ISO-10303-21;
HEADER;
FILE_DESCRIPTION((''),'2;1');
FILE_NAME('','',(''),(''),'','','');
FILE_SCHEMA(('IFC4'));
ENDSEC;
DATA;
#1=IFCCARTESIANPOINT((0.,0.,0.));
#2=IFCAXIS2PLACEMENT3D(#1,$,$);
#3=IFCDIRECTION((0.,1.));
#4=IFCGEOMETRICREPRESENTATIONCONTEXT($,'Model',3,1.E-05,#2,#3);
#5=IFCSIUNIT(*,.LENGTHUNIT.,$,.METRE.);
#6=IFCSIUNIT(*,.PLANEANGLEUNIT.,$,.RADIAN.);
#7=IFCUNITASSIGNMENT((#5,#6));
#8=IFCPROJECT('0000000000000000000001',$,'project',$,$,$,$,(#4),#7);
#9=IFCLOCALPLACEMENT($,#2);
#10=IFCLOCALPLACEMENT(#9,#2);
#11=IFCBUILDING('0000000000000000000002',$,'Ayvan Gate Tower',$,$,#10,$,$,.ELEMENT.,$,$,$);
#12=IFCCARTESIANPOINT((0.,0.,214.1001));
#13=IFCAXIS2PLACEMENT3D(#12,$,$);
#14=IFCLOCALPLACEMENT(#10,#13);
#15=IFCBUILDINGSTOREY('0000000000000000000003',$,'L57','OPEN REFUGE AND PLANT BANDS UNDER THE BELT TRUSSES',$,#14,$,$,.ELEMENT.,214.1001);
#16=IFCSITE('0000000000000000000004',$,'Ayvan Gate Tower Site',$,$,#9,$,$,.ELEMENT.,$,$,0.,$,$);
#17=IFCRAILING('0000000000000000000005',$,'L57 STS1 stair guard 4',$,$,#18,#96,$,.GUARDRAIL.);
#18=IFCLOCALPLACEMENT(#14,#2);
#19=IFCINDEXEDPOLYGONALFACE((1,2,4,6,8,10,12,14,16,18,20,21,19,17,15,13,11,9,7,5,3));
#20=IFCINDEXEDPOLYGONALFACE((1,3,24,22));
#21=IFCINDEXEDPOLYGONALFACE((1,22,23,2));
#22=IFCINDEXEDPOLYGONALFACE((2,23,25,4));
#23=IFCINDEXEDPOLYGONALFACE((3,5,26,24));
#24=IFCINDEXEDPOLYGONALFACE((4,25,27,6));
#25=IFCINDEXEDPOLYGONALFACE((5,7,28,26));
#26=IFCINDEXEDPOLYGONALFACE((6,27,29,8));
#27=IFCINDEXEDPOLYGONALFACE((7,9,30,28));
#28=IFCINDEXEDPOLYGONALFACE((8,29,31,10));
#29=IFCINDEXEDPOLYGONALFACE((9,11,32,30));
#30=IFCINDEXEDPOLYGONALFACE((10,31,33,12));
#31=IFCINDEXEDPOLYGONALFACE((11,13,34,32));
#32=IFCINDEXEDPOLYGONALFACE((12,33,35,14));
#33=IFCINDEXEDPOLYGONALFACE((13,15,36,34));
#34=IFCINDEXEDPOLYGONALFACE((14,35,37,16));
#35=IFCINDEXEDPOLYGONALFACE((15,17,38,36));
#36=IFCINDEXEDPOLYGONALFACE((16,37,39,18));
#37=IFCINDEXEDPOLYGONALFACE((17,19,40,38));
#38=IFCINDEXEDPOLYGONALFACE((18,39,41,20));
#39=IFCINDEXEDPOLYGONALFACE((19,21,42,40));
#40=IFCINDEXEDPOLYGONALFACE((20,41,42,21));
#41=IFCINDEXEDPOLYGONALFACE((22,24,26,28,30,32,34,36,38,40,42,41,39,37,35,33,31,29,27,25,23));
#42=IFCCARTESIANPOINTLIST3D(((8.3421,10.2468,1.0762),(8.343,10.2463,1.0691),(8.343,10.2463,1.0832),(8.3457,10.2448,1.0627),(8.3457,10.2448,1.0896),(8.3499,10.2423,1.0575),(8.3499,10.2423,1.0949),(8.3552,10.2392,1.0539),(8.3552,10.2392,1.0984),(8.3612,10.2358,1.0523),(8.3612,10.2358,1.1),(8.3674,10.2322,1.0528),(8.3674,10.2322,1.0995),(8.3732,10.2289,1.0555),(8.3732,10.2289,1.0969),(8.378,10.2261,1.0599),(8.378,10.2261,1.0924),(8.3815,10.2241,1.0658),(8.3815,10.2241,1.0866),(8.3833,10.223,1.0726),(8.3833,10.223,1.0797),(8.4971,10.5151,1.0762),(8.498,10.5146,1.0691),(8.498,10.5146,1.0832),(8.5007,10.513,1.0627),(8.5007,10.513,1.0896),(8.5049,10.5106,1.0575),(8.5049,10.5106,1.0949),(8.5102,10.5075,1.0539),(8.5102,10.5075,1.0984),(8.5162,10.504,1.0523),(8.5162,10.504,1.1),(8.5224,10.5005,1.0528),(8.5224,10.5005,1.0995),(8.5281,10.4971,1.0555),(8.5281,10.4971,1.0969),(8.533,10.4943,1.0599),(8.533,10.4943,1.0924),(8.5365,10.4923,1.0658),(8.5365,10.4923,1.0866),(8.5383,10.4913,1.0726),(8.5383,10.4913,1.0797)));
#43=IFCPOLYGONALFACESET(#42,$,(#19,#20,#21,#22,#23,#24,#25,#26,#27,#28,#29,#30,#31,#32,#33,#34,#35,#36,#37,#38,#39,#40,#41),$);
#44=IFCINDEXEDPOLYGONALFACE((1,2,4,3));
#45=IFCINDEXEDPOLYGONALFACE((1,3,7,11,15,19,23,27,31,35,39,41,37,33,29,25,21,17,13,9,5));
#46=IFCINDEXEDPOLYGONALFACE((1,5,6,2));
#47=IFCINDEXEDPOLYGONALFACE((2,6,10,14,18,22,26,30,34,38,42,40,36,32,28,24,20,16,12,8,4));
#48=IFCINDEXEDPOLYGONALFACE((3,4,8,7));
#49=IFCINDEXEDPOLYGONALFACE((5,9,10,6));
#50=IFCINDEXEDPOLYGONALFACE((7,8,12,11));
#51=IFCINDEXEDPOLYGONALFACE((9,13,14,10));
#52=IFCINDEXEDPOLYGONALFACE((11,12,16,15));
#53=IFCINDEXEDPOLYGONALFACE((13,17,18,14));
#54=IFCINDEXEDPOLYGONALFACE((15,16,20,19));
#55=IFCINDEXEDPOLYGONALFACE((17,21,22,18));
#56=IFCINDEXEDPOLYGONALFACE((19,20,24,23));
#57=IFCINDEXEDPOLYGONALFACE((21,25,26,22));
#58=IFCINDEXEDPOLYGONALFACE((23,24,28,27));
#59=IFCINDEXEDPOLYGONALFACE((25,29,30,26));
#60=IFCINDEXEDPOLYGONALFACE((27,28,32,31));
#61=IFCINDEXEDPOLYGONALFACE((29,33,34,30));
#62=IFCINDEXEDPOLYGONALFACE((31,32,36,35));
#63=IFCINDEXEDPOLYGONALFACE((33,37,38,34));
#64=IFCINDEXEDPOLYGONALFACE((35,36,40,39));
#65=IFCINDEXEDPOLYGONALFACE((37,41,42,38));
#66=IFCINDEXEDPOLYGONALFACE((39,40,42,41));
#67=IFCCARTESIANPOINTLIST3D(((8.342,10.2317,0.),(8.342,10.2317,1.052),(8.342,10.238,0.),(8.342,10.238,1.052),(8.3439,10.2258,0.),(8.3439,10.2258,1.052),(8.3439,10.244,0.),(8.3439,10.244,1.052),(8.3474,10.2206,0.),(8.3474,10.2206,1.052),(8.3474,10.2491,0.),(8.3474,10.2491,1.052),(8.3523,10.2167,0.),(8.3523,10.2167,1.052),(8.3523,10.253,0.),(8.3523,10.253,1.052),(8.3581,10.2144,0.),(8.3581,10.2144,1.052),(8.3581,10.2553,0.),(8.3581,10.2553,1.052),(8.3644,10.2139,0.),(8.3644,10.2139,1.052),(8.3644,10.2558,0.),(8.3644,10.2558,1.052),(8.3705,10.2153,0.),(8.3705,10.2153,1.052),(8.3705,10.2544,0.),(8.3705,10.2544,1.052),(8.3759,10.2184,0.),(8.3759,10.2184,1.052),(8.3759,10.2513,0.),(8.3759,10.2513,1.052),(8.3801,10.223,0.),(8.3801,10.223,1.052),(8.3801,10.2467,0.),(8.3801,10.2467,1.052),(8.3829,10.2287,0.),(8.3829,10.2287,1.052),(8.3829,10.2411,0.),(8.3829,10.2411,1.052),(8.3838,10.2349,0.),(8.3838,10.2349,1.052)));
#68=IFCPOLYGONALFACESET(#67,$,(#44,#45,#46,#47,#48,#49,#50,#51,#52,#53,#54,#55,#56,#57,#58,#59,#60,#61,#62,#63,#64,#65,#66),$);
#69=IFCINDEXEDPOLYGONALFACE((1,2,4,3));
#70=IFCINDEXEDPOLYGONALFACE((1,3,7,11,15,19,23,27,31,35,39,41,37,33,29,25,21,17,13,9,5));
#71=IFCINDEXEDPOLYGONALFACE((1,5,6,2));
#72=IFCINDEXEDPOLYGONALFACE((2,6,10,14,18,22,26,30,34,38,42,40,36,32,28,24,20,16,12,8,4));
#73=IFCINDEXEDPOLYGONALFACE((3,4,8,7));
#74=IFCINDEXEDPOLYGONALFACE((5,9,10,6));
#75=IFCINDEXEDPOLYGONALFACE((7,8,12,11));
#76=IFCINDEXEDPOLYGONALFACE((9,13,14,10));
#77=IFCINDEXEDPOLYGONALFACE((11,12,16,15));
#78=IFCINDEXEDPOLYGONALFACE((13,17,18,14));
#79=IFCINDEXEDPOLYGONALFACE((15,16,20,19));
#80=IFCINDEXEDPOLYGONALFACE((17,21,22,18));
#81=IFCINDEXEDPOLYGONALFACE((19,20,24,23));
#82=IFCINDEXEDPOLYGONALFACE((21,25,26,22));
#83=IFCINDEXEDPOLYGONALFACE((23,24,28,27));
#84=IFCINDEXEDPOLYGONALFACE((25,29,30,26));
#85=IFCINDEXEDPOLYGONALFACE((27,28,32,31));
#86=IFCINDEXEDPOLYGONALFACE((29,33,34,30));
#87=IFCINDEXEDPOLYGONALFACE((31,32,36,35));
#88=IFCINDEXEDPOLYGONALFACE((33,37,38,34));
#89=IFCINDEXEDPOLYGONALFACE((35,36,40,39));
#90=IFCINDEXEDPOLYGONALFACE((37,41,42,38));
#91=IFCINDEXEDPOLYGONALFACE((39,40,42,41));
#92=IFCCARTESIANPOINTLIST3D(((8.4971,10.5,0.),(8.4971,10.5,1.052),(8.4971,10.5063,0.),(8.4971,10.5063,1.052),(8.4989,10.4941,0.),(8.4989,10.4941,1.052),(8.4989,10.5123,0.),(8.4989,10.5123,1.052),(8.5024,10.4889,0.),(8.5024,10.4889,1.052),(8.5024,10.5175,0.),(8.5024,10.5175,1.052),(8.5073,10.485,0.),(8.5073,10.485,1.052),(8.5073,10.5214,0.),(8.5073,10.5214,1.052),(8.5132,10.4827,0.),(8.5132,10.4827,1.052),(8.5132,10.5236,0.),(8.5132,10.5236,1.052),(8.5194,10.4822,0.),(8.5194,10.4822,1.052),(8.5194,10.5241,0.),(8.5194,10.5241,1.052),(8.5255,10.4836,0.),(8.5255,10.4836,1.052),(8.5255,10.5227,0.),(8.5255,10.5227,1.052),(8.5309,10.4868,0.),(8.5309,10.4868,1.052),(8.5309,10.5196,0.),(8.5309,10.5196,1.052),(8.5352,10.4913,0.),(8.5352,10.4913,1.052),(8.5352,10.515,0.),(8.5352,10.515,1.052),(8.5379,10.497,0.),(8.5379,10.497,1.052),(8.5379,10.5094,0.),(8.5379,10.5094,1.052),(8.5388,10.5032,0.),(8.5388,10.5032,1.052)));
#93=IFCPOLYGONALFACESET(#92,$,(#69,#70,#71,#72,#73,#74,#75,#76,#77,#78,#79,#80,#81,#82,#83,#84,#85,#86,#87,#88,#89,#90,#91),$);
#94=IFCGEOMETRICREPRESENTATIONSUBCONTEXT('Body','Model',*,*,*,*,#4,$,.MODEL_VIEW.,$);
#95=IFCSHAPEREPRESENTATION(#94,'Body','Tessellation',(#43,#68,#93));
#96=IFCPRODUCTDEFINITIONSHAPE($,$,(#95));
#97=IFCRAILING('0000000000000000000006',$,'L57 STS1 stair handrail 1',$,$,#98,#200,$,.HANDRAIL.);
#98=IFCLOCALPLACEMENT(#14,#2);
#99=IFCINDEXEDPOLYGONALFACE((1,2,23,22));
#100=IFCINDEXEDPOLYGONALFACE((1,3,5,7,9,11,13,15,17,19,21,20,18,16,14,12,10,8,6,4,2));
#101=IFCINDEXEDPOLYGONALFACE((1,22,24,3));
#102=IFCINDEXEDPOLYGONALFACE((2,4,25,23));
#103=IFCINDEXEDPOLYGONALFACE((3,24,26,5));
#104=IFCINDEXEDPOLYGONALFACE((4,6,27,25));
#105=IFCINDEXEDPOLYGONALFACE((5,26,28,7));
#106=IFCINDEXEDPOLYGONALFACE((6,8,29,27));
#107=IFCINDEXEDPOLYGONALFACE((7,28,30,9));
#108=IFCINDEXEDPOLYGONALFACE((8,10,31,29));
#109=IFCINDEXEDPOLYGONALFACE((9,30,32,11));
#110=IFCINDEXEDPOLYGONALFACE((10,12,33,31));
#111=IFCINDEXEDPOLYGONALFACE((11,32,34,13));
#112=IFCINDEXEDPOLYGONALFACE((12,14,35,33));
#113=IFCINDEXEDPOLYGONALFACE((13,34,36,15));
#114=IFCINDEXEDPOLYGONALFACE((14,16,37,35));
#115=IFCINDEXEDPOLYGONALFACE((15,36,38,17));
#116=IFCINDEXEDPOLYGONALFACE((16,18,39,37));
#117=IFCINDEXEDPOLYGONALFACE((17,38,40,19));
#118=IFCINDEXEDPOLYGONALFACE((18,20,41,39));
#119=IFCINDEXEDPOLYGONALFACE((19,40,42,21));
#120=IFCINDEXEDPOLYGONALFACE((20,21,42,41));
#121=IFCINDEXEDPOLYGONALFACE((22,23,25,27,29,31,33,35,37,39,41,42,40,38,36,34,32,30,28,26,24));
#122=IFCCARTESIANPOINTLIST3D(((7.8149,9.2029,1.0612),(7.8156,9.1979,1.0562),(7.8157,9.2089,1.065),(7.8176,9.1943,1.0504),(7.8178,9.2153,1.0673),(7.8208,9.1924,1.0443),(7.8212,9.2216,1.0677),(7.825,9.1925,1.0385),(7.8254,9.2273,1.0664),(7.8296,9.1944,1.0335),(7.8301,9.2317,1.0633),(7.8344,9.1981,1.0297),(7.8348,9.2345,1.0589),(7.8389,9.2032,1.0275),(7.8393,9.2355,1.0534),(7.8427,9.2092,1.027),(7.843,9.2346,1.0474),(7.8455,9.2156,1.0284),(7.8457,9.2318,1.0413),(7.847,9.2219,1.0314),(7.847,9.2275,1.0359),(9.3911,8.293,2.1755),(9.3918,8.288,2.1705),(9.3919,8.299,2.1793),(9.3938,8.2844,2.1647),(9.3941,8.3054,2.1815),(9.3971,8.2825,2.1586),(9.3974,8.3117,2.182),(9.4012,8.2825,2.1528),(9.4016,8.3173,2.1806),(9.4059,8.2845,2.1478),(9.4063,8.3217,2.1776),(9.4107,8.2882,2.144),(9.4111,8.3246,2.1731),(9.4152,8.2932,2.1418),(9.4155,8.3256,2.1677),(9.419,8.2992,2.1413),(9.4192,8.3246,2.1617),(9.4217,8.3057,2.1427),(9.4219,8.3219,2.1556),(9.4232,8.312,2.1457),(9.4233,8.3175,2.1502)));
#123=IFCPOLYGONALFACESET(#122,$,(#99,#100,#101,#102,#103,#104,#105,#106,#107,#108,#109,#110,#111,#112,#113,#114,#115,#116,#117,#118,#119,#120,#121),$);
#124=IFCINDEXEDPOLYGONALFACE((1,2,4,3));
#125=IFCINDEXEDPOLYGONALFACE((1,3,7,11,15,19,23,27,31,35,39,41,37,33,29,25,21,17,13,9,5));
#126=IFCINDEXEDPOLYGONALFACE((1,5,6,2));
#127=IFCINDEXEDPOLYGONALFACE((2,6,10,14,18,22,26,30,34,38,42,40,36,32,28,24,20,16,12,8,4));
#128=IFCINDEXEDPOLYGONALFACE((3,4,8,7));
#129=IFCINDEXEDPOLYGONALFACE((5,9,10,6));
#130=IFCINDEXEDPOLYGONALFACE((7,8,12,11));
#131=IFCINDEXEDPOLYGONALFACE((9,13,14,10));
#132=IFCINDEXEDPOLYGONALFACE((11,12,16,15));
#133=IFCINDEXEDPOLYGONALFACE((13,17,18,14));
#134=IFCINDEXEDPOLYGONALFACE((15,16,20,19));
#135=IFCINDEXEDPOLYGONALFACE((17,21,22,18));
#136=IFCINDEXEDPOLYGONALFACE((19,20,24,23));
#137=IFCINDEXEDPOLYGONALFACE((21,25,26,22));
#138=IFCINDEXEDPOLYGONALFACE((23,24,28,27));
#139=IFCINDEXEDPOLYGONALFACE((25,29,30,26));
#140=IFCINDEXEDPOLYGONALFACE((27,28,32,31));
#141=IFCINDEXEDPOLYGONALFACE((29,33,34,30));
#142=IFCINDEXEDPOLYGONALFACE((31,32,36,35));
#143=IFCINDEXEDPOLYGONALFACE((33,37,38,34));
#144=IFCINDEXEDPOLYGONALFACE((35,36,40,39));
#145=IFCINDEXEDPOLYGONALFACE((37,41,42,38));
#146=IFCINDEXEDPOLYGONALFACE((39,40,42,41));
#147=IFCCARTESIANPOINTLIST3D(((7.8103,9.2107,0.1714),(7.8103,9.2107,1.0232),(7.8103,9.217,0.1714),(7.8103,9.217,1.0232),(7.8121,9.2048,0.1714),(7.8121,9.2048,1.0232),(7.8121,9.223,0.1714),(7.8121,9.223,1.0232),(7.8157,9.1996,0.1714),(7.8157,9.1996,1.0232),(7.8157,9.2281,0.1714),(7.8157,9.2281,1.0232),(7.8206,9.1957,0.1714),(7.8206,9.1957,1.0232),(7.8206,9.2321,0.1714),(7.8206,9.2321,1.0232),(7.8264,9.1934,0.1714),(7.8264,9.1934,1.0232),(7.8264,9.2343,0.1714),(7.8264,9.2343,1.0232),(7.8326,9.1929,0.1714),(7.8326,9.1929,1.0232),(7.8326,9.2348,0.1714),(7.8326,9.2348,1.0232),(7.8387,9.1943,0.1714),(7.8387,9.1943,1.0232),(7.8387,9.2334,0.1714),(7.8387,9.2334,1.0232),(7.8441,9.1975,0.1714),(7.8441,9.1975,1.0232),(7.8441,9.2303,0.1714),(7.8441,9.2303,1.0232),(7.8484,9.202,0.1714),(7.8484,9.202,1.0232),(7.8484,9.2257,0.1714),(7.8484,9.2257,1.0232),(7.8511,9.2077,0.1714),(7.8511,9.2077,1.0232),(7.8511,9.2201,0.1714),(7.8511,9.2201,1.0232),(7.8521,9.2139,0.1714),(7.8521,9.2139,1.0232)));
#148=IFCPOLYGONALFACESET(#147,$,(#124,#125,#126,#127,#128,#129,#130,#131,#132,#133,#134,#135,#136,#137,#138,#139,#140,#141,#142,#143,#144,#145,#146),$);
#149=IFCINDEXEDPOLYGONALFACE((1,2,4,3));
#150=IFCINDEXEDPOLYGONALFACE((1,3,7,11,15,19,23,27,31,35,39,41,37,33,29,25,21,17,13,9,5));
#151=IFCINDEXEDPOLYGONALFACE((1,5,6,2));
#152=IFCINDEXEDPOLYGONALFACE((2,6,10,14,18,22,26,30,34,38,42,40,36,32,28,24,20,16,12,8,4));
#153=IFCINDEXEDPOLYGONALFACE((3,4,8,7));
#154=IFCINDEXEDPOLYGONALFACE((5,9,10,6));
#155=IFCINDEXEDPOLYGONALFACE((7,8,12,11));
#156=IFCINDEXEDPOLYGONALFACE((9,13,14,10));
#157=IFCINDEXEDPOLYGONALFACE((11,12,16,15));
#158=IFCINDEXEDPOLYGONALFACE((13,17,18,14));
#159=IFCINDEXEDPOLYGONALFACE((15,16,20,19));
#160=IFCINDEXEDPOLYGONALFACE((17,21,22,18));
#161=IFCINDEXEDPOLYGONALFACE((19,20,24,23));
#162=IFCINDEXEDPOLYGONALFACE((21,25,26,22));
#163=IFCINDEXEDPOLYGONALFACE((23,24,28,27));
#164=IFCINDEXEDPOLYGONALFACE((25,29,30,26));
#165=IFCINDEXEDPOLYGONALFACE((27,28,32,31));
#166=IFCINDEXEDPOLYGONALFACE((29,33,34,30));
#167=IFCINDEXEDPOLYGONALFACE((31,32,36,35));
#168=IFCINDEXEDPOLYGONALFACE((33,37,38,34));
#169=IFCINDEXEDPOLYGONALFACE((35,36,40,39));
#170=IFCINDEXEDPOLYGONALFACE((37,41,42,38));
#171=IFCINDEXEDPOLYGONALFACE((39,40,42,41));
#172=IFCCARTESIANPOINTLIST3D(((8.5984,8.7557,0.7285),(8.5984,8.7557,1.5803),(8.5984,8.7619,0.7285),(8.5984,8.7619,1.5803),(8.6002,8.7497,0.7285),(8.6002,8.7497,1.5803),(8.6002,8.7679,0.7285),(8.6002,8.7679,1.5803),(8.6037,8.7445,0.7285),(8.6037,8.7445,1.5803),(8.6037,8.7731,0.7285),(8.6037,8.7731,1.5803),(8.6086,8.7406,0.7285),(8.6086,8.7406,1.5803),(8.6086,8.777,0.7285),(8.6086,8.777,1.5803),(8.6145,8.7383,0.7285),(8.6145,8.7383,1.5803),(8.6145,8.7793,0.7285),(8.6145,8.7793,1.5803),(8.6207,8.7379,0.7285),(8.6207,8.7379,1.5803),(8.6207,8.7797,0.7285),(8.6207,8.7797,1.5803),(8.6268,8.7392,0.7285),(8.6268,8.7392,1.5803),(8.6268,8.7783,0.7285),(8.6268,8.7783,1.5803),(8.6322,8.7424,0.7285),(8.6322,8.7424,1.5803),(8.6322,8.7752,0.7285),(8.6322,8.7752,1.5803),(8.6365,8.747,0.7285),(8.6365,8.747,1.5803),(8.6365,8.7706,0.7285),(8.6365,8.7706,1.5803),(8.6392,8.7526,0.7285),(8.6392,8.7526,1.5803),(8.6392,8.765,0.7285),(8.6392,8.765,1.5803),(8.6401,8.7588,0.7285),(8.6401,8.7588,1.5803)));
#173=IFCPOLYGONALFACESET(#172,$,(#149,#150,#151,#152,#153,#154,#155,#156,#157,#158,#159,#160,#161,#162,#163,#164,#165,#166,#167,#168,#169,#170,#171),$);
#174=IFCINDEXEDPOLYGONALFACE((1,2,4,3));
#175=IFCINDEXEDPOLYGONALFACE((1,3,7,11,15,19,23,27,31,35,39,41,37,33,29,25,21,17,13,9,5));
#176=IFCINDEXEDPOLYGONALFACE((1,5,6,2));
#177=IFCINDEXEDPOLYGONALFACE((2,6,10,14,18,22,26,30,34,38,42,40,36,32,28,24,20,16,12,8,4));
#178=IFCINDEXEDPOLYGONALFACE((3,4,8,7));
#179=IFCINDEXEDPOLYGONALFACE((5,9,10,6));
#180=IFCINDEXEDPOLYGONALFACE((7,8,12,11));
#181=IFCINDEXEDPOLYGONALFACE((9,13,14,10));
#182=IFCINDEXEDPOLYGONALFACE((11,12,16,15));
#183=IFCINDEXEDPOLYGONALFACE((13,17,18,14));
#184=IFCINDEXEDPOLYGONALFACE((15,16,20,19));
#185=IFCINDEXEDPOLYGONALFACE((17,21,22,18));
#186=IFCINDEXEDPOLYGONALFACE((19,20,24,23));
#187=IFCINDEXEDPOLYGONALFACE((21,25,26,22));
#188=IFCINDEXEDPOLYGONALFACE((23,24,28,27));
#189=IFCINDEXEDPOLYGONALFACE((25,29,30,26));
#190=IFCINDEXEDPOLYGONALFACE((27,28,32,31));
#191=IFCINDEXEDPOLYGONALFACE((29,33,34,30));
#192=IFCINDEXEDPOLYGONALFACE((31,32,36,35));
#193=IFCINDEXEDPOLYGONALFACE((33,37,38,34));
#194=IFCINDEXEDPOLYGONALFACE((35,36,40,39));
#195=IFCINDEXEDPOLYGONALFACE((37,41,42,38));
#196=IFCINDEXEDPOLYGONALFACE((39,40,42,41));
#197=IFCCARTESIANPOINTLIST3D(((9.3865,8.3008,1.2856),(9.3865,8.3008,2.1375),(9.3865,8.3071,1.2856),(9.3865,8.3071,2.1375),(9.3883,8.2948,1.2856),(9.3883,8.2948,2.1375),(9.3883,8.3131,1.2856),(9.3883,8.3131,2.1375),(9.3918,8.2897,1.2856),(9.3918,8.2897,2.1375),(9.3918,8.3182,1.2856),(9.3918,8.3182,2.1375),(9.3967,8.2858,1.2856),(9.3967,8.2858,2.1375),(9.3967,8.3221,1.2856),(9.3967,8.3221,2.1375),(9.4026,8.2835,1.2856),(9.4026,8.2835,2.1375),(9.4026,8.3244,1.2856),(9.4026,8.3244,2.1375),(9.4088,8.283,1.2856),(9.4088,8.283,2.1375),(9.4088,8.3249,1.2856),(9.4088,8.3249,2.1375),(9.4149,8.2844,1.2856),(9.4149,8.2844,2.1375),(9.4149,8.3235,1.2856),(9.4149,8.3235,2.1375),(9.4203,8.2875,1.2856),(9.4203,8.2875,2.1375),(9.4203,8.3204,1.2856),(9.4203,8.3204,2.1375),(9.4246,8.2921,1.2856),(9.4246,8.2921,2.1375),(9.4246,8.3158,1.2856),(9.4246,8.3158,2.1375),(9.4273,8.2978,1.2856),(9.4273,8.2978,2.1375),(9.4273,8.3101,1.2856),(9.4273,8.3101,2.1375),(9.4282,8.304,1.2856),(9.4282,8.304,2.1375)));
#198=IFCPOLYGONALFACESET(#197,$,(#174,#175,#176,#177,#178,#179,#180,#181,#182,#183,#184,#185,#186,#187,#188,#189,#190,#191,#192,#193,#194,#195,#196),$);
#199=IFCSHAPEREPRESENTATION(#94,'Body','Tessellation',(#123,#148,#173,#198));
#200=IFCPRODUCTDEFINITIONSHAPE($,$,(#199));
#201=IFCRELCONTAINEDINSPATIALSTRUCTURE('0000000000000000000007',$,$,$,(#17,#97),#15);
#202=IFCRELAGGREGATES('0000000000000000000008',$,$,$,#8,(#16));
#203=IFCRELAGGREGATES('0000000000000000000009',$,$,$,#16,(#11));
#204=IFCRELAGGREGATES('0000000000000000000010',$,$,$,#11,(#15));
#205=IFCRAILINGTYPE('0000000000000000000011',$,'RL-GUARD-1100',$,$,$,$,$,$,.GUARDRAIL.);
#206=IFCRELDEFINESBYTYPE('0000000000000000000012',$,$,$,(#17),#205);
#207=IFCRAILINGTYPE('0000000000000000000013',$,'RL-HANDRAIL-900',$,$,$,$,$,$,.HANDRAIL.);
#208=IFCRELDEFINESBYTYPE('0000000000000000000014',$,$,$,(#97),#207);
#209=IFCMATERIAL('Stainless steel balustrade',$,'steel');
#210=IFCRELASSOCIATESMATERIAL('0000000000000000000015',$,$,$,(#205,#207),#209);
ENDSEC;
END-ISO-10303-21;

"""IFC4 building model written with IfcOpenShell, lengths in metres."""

from ifc_helpers import new_model, si_unit, direction, frame, origin, origin_2d, place, context, subcontext, project, spatial, circle, extrude, material, type_object, element, save


model = new_model("IFC4")

# Units and contexts
model_context = context("Model", 3, precision=1e-05, world=origin(), true_north=direction((0.0, 1.0)))
body_context = subcontext(model_context, "Body", "Model", "MODEL_VIEW")
ifc_project = project(units=[si_unit("LENGTHUNIT", "METRE"), si_unit("PLANEANGLEUNIT", "RADIAN")], contexts=[model_context])

# Site, building, storey
site_placement = place(None, origin())
site = spatial("IfcSite", under=ifc_project, at=site_placement, Name="Ayvan Gate Tower Site", CompositionType="ELEMENT", RefElevation=0.0)
building_placement = place(site_placement, origin())
building = spatial("IfcBuilding", under=site, at=building_placement, Name="Ayvan Gate Tower", CompositionType="ELEMENT")
storey_placement = place(building_placement, frame((0.0, 0.0, 214.1001)))
storey = spatial("IfcBuildingStorey", under=building, at=storey_placement, Name="L57", Description="OPEN REFUGE AND PLANT BANDS UNDER THE BELT TRUSSES", CompositionType="ELEMENT", Elevation=214.1001)

# Railings
ifc_material_1 = material(Name="Stainless steel balustrade", Category="steel")
railing_type_1 = type_object("IfcRailingType", Name="RL-GUARD-1100", PredefinedType="GUARDRAIL", material=ifc_material_1)
railing_1_placement = place(storey_placement, frame((8.3628, 10.2349, 0.0)))
element("IfcRailing", 1, at=railing_1_placement, inside=storey, type_object=railing_type_1, Name="L57 STS1 stair guard 4", PredefinedType="GUARDRAIL", context=body_context, shape_type="SweptSolid", body=[
    extrude(circle(Radius=0.0239, at=origin_2d()), frame((0.0, 0.0, 1.0762), z_axis=(0.500291, 0.865857, 0.0), x_axis=(-0.865857, 0.500291, 0.0)), (0.0, 0.0, 1.0), 0.3098),
    extrude(circle(Radius=0.021, at=origin_2d()), origin(), (0.0, 0.0, 1.0), 1.052),
    extrude(circle(Radius=0.021, at=origin_2d()), frame((0.155, 0.2683, 0.0)), (0.0, 0.0, 1.0), 1.052),
])
railing_type_2 = type_object("IfcRailingType", Name="RL-HANDRAIL-900", PredefinedType="HANDRAIL", material=ifc_material_1)
railing_2_placement = place(storey_placement, frame((7.8311, 9.2139, 0.1714)))
element("IfcRailing", 2, at=railing_2_placement, inside=storey, type_object=railing_type_2, Name="L57 STS1 stair handrail 1", PredefinedType="HANDRAIL", context=body_context, shape_type="SweptSolid", body=[
    extrude(circle(Radius=0.0239, at=origin_2d()), frame((0.0, 0.0, 0.876), z_axis=(0.73861, -0.426394, 0.522153), x_axis=(0.499962, 0.866047, 0.0)), (0.0, 0.0, 1.0), 2.134),
    extrude(circle(Radius=0.021, at=origin_2d()), origin(), (0.0, 0.0, 1.0), 0.8518),
    extrude(circle(Radius=0.021, at=origin_2d()), frame((0.7881, -0.4551, 0.5571)), (0.0, 0.0, 1.0), 0.8518),
    extrude(circle(Radius=0.021, at=origin_2d()), frame((1.5762, -0.9099, 1.1143)), (0.0, 0.0, 1.0), 0.8518),
])

save(model, "model.ifc")
